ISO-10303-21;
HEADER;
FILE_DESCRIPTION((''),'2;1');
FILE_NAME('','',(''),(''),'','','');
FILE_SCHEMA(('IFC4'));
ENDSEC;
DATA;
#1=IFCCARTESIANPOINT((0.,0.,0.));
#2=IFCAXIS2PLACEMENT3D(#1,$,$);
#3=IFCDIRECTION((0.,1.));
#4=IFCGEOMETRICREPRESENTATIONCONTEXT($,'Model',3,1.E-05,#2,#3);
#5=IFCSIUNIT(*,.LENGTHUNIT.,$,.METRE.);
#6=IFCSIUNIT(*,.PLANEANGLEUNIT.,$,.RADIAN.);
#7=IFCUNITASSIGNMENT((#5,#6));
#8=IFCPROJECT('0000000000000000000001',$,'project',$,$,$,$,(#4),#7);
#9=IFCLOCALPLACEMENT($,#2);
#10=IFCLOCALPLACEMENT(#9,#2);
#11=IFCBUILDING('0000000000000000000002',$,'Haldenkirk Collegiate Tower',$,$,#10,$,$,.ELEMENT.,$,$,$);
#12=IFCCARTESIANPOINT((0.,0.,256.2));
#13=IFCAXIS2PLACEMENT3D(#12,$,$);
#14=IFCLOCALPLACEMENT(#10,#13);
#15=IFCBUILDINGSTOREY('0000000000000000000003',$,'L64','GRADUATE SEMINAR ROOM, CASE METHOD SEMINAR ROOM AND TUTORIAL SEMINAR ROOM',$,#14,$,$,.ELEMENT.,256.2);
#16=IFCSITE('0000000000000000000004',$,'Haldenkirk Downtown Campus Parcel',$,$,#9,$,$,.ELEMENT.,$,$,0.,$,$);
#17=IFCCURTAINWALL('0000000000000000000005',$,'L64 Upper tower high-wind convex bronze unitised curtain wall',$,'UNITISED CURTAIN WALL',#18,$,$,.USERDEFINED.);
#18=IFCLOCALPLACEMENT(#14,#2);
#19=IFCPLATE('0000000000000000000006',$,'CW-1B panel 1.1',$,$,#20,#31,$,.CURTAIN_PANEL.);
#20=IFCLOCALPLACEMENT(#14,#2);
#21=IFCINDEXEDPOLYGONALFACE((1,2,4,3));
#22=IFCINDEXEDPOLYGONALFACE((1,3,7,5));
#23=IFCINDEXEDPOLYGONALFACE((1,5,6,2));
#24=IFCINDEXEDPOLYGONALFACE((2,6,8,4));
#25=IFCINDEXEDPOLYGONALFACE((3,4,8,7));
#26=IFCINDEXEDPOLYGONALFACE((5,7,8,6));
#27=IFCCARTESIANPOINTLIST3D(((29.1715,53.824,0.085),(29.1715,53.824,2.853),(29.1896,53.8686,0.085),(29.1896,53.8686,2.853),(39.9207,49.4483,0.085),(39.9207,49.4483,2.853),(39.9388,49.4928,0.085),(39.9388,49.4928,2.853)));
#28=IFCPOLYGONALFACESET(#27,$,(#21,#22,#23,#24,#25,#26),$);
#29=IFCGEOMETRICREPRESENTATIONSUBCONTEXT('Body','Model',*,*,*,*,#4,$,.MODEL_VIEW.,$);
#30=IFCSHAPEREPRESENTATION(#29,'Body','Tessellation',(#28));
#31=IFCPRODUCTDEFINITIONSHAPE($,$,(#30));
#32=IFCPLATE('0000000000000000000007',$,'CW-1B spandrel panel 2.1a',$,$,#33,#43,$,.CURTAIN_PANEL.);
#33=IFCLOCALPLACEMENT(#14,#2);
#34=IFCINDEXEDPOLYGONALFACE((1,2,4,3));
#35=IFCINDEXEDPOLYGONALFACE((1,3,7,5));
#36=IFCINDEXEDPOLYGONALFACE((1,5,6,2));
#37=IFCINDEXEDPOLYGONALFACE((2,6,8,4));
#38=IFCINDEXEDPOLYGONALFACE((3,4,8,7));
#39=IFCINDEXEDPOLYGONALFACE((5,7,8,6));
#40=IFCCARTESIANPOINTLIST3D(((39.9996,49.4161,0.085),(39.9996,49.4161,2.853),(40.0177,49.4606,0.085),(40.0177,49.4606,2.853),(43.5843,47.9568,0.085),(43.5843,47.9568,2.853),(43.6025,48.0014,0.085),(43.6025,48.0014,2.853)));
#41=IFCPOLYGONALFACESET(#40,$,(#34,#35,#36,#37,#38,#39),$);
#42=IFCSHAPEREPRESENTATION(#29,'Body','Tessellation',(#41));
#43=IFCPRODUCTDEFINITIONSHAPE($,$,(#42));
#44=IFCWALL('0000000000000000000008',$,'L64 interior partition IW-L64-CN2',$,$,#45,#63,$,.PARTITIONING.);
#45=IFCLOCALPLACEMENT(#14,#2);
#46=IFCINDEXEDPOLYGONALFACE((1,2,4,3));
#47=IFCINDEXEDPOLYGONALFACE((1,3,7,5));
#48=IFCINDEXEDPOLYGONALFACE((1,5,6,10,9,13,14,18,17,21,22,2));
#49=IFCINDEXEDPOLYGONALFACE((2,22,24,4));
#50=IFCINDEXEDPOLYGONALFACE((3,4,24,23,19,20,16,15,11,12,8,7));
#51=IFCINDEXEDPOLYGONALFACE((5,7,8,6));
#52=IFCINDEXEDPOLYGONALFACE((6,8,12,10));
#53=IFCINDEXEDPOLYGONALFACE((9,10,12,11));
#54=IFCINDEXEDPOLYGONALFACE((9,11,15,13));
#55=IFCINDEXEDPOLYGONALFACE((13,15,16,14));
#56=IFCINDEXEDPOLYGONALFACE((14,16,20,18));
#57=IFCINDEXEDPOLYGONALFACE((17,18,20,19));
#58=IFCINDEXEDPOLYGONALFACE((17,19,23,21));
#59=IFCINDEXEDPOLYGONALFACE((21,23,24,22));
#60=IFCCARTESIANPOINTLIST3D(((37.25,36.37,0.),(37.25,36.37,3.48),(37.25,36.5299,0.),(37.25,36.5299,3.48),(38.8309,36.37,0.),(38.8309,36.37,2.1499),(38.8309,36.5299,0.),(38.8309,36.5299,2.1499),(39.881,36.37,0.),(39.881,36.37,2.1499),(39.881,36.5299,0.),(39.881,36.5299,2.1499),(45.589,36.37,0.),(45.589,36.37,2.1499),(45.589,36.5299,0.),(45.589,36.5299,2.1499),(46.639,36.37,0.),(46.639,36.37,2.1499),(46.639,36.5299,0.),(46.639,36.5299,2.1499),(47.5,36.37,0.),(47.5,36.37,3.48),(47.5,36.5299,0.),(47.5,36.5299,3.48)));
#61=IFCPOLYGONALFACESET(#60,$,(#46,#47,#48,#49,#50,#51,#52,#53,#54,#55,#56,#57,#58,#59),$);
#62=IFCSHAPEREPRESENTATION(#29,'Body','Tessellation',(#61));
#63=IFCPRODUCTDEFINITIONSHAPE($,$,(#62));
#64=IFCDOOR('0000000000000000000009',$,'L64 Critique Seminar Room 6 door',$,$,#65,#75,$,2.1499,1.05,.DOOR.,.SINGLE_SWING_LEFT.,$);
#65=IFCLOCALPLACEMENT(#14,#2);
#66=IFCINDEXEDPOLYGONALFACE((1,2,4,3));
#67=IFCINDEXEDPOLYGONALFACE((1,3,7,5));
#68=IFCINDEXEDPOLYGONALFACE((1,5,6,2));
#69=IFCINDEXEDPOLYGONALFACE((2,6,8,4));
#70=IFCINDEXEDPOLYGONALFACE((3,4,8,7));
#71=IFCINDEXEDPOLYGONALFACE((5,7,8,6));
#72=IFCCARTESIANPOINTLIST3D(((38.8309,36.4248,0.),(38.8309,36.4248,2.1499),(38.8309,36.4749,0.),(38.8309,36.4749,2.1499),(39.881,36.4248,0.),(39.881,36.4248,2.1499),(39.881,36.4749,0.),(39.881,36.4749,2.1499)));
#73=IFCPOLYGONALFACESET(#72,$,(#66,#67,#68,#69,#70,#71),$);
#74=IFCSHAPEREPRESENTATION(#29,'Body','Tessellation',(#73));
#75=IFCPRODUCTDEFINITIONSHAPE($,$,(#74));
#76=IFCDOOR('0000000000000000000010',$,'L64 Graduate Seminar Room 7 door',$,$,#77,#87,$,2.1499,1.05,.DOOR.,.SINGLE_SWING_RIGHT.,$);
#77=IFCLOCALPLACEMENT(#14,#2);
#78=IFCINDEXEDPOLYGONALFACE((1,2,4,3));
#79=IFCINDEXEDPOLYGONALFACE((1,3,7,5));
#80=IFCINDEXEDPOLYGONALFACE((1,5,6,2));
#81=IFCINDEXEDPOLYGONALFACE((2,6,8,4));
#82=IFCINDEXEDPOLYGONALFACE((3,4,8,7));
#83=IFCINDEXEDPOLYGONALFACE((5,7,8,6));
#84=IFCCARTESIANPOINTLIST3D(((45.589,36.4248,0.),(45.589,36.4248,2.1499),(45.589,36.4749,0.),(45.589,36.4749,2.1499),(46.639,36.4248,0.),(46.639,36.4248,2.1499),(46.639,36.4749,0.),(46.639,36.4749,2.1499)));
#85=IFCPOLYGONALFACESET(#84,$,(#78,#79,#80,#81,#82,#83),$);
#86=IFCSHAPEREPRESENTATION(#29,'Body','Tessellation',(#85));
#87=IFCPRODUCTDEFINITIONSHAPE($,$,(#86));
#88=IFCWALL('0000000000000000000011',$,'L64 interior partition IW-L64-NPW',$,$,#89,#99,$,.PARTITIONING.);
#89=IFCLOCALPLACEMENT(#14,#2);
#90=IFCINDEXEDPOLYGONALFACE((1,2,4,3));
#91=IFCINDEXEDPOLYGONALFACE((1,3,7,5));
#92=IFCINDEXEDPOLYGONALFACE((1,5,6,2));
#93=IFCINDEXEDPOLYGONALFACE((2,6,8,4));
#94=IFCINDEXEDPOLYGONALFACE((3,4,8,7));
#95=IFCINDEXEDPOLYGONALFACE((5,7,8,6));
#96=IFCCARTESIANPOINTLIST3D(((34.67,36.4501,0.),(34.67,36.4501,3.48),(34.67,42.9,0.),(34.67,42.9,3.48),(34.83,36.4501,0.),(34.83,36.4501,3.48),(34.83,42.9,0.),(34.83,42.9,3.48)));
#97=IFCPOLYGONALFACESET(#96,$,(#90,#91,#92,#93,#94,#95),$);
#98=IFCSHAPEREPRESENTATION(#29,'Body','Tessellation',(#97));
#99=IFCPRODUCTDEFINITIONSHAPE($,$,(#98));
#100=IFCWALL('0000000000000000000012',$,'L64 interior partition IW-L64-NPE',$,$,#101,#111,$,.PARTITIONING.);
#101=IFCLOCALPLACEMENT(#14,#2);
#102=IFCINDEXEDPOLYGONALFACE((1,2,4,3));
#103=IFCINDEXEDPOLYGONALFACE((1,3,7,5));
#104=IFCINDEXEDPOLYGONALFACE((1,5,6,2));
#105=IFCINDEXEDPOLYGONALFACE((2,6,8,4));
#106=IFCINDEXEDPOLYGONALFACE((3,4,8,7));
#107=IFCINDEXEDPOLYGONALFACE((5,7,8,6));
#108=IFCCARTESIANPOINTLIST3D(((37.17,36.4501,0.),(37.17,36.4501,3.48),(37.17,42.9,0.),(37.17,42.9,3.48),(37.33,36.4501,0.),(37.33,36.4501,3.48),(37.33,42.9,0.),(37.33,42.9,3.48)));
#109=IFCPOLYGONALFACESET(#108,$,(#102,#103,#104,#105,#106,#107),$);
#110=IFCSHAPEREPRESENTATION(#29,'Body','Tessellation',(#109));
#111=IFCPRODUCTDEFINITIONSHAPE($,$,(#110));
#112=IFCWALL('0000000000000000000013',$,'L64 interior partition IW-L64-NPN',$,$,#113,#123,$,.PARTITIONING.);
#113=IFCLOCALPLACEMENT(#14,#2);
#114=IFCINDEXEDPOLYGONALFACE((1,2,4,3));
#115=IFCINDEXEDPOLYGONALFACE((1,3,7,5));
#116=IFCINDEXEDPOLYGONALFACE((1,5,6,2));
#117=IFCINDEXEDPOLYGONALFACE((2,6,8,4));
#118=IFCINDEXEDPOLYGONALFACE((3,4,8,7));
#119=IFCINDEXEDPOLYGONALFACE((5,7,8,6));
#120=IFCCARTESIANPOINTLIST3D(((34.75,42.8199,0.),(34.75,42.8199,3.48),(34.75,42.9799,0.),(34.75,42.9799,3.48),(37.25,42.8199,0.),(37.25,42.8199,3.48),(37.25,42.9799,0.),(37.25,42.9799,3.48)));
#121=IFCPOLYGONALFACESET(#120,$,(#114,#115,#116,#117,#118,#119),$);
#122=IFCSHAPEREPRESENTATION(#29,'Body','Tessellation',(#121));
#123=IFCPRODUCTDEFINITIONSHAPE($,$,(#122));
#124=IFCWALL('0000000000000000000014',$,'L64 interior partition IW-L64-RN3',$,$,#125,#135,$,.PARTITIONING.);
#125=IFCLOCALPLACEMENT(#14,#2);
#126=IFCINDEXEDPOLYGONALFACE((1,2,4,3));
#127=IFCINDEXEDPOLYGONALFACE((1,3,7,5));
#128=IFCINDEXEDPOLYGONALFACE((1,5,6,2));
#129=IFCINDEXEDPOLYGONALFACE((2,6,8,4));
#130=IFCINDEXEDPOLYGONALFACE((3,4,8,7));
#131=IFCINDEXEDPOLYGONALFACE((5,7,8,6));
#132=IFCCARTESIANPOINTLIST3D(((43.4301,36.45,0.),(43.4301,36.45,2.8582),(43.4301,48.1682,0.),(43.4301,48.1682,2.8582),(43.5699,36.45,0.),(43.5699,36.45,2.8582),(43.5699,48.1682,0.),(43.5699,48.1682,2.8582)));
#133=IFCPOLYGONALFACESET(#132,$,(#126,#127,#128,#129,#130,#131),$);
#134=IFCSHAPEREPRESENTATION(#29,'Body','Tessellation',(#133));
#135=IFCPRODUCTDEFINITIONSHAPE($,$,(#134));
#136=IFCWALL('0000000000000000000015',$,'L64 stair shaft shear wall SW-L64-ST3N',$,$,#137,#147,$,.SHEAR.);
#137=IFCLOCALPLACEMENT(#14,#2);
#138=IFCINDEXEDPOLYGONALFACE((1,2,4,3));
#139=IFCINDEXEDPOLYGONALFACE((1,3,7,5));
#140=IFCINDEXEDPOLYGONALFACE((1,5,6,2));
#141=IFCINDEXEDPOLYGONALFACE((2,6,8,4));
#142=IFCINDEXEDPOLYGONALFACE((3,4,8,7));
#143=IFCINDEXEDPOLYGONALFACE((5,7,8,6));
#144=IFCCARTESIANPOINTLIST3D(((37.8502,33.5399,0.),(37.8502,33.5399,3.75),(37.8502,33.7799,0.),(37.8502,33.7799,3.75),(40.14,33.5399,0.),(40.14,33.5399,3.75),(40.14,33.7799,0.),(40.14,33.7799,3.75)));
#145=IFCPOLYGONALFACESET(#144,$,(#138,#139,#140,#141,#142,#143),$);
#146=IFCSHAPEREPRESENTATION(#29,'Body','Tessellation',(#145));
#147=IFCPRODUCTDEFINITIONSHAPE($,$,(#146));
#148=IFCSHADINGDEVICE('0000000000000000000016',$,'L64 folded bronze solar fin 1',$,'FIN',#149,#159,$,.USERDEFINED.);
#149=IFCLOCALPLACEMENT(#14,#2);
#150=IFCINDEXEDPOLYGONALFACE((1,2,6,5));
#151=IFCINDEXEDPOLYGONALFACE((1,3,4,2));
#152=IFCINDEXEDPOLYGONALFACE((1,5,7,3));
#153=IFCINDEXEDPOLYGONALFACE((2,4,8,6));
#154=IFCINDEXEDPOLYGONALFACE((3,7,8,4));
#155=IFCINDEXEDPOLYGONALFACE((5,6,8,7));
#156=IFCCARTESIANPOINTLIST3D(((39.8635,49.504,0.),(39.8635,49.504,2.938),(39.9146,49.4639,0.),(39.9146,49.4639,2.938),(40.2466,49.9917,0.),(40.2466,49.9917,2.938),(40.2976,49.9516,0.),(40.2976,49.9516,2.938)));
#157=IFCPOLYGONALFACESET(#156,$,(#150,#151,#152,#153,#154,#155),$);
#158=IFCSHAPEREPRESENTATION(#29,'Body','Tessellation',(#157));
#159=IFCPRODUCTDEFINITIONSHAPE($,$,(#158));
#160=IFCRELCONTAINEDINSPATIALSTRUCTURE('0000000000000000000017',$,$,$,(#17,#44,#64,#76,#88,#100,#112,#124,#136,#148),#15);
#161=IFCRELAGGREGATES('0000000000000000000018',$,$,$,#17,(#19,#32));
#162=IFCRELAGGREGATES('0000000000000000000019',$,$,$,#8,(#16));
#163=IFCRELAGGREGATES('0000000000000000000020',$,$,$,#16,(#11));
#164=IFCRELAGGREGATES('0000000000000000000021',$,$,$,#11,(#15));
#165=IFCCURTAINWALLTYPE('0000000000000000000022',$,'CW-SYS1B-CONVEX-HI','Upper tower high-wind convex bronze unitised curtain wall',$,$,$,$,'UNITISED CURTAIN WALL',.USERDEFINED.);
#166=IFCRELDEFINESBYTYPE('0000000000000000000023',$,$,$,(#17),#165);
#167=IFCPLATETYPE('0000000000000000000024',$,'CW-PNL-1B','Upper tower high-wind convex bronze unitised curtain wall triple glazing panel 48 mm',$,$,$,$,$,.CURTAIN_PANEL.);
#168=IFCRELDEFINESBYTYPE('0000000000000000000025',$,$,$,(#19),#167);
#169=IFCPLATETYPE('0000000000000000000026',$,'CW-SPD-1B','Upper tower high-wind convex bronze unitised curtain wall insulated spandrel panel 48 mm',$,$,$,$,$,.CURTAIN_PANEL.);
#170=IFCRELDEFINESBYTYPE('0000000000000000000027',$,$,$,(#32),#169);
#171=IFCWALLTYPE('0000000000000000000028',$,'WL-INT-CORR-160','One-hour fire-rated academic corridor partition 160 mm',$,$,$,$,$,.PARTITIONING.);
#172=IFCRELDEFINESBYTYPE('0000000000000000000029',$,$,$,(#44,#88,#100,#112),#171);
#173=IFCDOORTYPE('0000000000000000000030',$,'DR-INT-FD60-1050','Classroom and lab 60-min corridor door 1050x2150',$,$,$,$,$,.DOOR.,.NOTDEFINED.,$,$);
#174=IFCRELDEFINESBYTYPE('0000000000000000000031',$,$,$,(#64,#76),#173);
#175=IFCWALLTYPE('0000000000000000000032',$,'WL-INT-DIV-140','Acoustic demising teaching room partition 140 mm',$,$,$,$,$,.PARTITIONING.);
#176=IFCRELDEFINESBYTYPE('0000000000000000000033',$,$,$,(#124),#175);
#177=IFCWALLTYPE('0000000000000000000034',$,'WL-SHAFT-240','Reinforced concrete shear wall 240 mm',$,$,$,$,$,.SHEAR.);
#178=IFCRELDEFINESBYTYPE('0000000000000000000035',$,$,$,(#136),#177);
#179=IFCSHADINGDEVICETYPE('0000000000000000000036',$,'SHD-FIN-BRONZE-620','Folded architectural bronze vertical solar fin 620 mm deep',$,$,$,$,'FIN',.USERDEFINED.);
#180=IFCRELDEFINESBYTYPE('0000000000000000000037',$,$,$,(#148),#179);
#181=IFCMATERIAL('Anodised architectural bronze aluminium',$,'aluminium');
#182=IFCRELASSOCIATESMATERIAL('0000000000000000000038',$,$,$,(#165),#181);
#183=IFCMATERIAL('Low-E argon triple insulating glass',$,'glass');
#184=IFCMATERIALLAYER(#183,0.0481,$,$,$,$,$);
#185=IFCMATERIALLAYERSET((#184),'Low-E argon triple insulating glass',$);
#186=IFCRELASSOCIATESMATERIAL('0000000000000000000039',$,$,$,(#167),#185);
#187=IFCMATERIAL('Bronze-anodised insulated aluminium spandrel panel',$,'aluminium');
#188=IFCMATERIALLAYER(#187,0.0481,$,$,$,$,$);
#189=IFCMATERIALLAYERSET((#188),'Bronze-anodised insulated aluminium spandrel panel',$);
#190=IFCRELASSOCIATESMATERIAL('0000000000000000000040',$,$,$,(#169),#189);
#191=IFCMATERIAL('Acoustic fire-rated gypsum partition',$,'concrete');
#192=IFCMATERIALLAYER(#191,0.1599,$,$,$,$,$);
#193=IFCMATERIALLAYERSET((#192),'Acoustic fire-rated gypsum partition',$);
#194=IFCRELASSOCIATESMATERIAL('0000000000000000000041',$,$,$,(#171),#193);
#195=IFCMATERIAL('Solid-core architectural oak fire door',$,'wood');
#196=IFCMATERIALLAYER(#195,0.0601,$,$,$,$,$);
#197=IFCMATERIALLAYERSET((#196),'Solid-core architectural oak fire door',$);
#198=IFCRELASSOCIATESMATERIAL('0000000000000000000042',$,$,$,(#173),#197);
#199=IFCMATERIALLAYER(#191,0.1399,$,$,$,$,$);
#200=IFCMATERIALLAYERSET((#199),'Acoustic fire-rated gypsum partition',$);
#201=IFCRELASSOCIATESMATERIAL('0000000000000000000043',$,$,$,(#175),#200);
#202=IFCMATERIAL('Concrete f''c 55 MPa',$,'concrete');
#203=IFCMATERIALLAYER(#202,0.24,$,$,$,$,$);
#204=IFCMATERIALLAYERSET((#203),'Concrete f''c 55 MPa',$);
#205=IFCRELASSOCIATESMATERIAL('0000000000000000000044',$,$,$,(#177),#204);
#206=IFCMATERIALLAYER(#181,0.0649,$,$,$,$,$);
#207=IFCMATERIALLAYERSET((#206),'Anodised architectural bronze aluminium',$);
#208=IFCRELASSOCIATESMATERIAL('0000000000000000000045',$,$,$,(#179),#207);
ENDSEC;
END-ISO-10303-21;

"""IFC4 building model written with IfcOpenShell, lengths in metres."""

from ifc_helpers import new_model, si_unit, direction, frame, frame_2d, origin, origin_2d, place, context, subcontext, project, spatial, rectangle, extrude, source, transform, mapped, material, layer, layer_set, type_object, element, fill, aggregate, save


model = new_model("IFC4")

# Units and contexts
model_context = context("Model", 3, precision=1e-05, world=origin(), true_north=direction((0.0, 1.0)))
body_context = subcontext(model_context, "Body", "Model", "MODEL_VIEW")
ifc_project = project(units=[si_unit("LENGTHUNIT", "METRE"), si_unit("PLANEANGLEUNIT", "RADIAN")], contexts=[model_context])

# Site, building, storey
site_placement = place(None, origin())
site = spatial("IfcSite", under=ifc_project, at=site_placement, Name="Haldenkirk Downtown Campus Parcel", CompositionType="ELEMENT", RefElevation=0.0)
building_placement = place(site_placement, origin())
building = spatial("IfcBuilding", under=site, at=building_placement, Name="Haldenkirk Collegiate Tower", CompositionType="ELEMENT")
storey_placement = place(building_placement, frame((0.0, 0.0, 256.2)))
storey = spatial("IfcBuildingStorey", under=building, at=storey_placement, Name="L64", Description="GRADUATE SEMINAR ROOM, CASE METHOD SEMINAR ROOM AND TUTORIAL SEMINAR ROOM", CompositionType="ELEMENT", Elevation=256.2)

# Curtain wall
ifc_material_1 = material(Name="Anodised architectural bronze aluminium", Category="aluminium")
curtain_wall_type = type_object("IfcCurtainWallType", Name="CW-SYS1B-CONVEX-HI", Description="Upper tower high-wind convex bronze unitised curtain wall", ElementType="UNITISED CURTAIN WALL", PredefinedType="USERDEFINED", material=ifc_material_1)
curtain_wall_placement = place(storey_placement, origin())
curtain_wall = element("IfcCurtainWall", 1, at=curtain_wall_placement, inside=storey, type_object=curtain_wall_type, Name="L64 Upper tower high-wind convex bronze unitised curtain wall", ObjectType="UNITISED CURTAIN WALL", PredefinedType="USERDEFINED")

# Plates
ifc_material_2 = material(Name="Low-E argon triple insulating glass", Category="glass")
ifc_layer_1 = layer(ifc_material_2, 0.0481)
ifc_layer_set_1 = layer_set([ifc_layer_1], Name="Low-E argon triple insulating glass")
plate_type_1 = type_object("IfcPlateType", Name="CW-PNL-1B", Description="Upper tower high-wind convex bronze unitised curtain wall triple glazing panel 48 mm", PredefinedType="CURTAIN_PANEL", material=ifc_layer_set_1)
shared_shape_1 = source(origin(), body_context, "Body", "SweptSolid", [
    extrude(rectangle(XDim=11.6057, YDim=0.0481, at=origin_2d()), origin(), (0.0, 0.0, 1.0), 2.7681),
])
plate_1_placement = place(storey_placement, frame((34.5552, 51.6584, 0.085), z_axis=(0.0, 0.0, 1.0), x_axis=(0.926199, -0.377034, 0.0)))
plate_1 = element("IfcPlate", 2, at=plate_1_placement, type_object=plate_type_1, Name="CW-1B panel 1.1", PredefinedType="CURTAIN_PANEL", context=body_context, shape_type="MappedRepresentation", body=[
    mapped(shared_shape_1, transform((0.0, 0.0, 0.0), x_axis=(1.0, 0.0, 0.0), y_axis=(0.0, 1.0, 0.0), z_axis=(0.0, 0.0, 1.0), scale=1.0)),
])
ifc_material_3 = material(Name="Bronze-anodised insulated aluminium spandrel panel", Category="aluminium")
ifc_layer_2 = layer(ifc_material_3, 0.0481)
ifc_layer_set_2 = layer_set([ifc_layer_2], Name="Bronze-anodised insulated aluminium spandrel panel")
plate_type_2 = type_object("IfcPlateType", Name="CW-SPD-1B", Description="Upper tower high-wind convex bronze unitised curtain wall insulated spandrel panel 48 mm", PredefinedType="CURTAIN_PANEL", material=ifc_layer_set_2)
shared_shape_2 = source(origin(), body_context, "Body", "SweptSolid", [
    extrude(rectangle(XDim=3.8704, YDim=0.0481, at=origin_2d()), origin(), (0.0, 0.0, 1.0), 2.7681),
])
plate_2_placement = place(storey_placement, frame((41.801, 48.7087, 0.085), z_axis=(0.0, 0.0, 1.0), x_axis=(0.926199, -0.377034, 0.0)))
plate_2 = element("IfcPlate", 3, at=plate_2_placement, type_object=plate_type_2, Name="CW-1B spandrel panel 2.1a", PredefinedType="CURTAIN_PANEL", context=body_context, shape_type="MappedRepresentation", body=[
    mapped(shared_shape_2, transform((0.0, 0.0, 0.0), x_axis=(1.0, 0.0, 0.0), y_axis=(0.0, 1.0, 0.0), z_axis=(0.0, 0.0, 1.0), scale=1.0)),
])
aggregate(curtain_wall, [plate_1, plate_2])

# Wall, openings, doors
ifc_material_4 = material(Name="Acoustic fire-rated gypsum partition", Category="concrete")
ifc_layer_3 = layer(ifc_material_4, 0.1599)
ifc_layer_set_3 = layer_set([ifc_layer_3], Name="Acoustic fire-rated gypsum partition")
wall_type_1 = type_object("IfcWallType", Name="WL-INT-CORR-160", Description="One-hour fire-rated academic corridor partition 160 mm", PredefinedType="PARTITIONING", material=ifc_layer_set_3)
wall_1_placement = place(storey_placement, frame((37.25, 36.45, 0.0), z_axis=(0.0, 0.0, 1.0), x_axis=(1.0, 0.0, 0.0)))
wall_1 = element("IfcWall", 4, at=wall_1_placement, inside=storey, type_object=wall_type_1, Name="L64 interior partition IW-L64-CN2", PredefinedType="PARTITIONING", context=body_context, shape_type="SweptSolid", body=[
    extrude(rectangle(XDim=10.25, YDim=0.1599, at=frame_2d((5.125, 0.0))), origin(), (0.0, 0.0, 1.0), 3.48),
])
opening_1_placement = place(wall_1_placement, frame((1.5811, 0.0, 0.0)))
opening_1 = element("IfcOpeningElement", 5, at=opening_1_placement, cuts=wall_1, PredefinedType="OPENING", context=body_context, shape_type="SweptSolid", body=[
    extrude(rectangle(XDim=1.05, YDim=2.1499, at=frame_2d((0.5249, 1.075))), frame((0.0, 0.0898, 0.0), z_axis=(0.0, -1.0, 0.0), x_axis=(1.0, 0.0, 0.0)), (0.0, 0.0, 1.0), 0.1799),
])
opening_2_placement = place(wall_1_placement, frame((8.3391, 0.0, 0.0)))
opening_2 = element("IfcOpeningElement", 6, at=opening_2_placement, cuts=wall_1, PredefinedType="OPENING", context=body_context, shape_type="SweptSolid", body=[
    extrude(rectangle(XDim=1.05, YDim=2.1499, at=frame_2d((0.5249, 1.075))), frame((0.0, 0.0898, 0.0), z_axis=(0.0, -1.0, 0.0), x_axis=(1.0, 0.0, 0.0)), (0.0, 0.0, 1.0), 0.1799),
])
ifc_material_5 = material(Name="Solid-core architectural oak fire door", Category="wood")
ifc_layer_4 = layer(ifc_material_5, 0.0601)
ifc_layer_set_4 = layer_set([ifc_layer_4], Name="Solid-core architectural oak fire door")
door_type = type_object("IfcDoorType", Name="DR-INT-FD60-1050", Description="Classroom and lab 60-min corridor door 1050x2150", OperationType="NOTDEFINED", PredefinedType="DOOR", material=ifc_layer_set_4)
door_1_placement = place(opening_1_placement, origin())
door_1 = element("IfcDoor", 7, at=door_1_placement, inside=storey, type_object=door_type, Name="L64 Critique Seminar Room 6 door", OperationType="SINGLE_SWING_LEFT", OverallHeight=2.1499, OverallWidth=1.05, PredefinedType="DOOR", context=body_context, shape_type="SweptSolid", body=[
    extrude(rectangle(XDim=1.05, YDim=2.1499, at=frame_2d((0.5249, 1.075))), frame((0.0, 0.0249, 0.0), z_axis=(0.0, -1.0, 0.0), x_axis=(1.0, 0.0, 0.0)), (0.0, 0.0, 1.0), 0.05),
])
fill(opening_1, door_1)
door_2_placement = place(opening_2_placement, origin())
door_2 = element("IfcDoor", 8, at=door_2_placement, inside=storey, type_object=door_type, Name="L64 Graduate Seminar Room 7 door", OperationType="SINGLE_SWING_RIGHT", OverallHeight=2.1499, OverallWidth=1.05, PredefinedType="DOOR", context=body_context, shape_type="SweptSolid", body=[
    extrude(rectangle(XDim=1.05, YDim=2.1499, at=frame_2d((0.5249, 1.075))), frame((0.0, 0.0249, 0.0), z_axis=(0.0, -1.0, 0.0), x_axis=(1.0, 0.0, 0.0)), (0.0, 0.0, 1.0), 0.05),
])
fill(opening_2, door_2)

# Walls
for number, where, z_axis, x_axis, name in (
    (9, (34.75, 36.45, 0.0), (0.0, 0.0, 1.0), (0.0, 1.0, 0.0), "L64 interior partition IW-L64-NPW"),
    (10, (37.25, 36.45, 0.0), (0.0, 0.0, 1.0), (0.0, 1.0, 0.0), "L64 interior partition IW-L64-NPE"),
):
    element("IfcWall", number, at=place(storey_placement, frame(where, z_axis=z_axis, x_axis=x_axis)), inside=storey, type_object=wall_type_1, Name=name, PredefinedType="PARTITIONING", context=body_context, shape_type="SweptSolid", body=[
        extrude(rectangle(XDim=6.45, YDim=0.1599, at=frame_2d((3.2251, 0.0))), origin(), (0.0, 0.0, 1.0), 3.48),
    ])
wall_2_placement = place(storey_placement, frame((34.75, 42.8999, 0.0), z_axis=(0.0, 0.0, 1.0), x_axis=(1.0, 0.0, 0.0)))
element("IfcWall", 11, at=wall_2_placement, inside=storey, type_object=wall_type_1, Name="L64 interior partition IW-L64-NPN", PredefinedType="PARTITIONING", context=body_context, shape_type="SweptSolid", body=[
    extrude(rectangle(XDim=2.5, YDim=0.1599, at=frame_2d((1.25, 0.0))), origin(), (0.0, 0.0, 1.0), 3.48),
])
ifc_layer_5 = layer(ifc_material_4, 0.1399)
ifc_layer_set_5 = layer_set([ifc_layer_5], Name="Acoustic fire-rated gypsum partition")
wall_type_2 = type_object("IfcWallType", Name="WL-INT-DIV-140", Description="Acoustic demising teaching room partition 140 mm", PredefinedType="PARTITIONING", material=ifc_layer_set_5)
wall_3_placement = place(storey_placement, frame((43.5, 36.45, 0.0), z_axis=(0.0, 0.0, 1.0), x_axis=(0.0, 1.0, 0.0)))
element("IfcWall", 12, at=wall_3_placement, inside=storey, type_object=wall_type_2, Name="L64 interior partition IW-L64-RN3", PredefinedType="PARTITIONING", context=body_context, shape_type="SweptSolid", body=[
    extrude(rectangle(XDim=11.7183, YDim=0.1399, at=frame_2d((5.8591, 0.0))), origin(), (0.0, 0.0, 1.0), 2.8582),
])
ifc_material_6 = material(Name="Concrete f'c 55 MPa", Category="concrete")
ifc_layer_6 = layer(ifc_material_6, 0.24)
ifc_layer_set_6 = layer_set([ifc_layer_6], Name="Concrete f'c 55 MPa")
wall_type_3 = type_object("IfcWallType", Name="WL-SHAFT-240", Description="Reinforced concrete shear wall 240 mm", PredefinedType="SHEAR", material=ifc_layer_set_6)
wall_4_placement = place(storey_placement, frame((37.8501, 33.6599, 0.0), z_axis=(0.0, 0.0, 1.0), x_axis=(1.0, 0.0, 0.0)))
element("IfcWall", 13, at=wall_4_placement, inside=storey, type_object=wall_type_3, Name="L64 stair shaft shear wall SW-L64-ST3N", PredefinedType="SHEAR", context=body_context, shape_type="SweptSolid", body=[
    extrude(rectangle(XDim=2.2898, YDim=0.24, at=frame_2d((1.145, 0.0))), origin(), (0.0, 0.0, 1.0), 3.75),
])

# Shading device
ifc_layer_7 = layer(ifc_material_1, 0.0649)
ifc_layer_set_7 = layer_set([ifc_layer_7], Name="Anodised architectural bronze aluminium")
shading_device_type = type_object("IfcShadingDeviceType", Name="SHD-FIN-BRONZE-620", Description="Folded architectural bronze vertical solar fin 620 mm deep", ElementType="FIN", PredefinedType="USERDEFINED", material=ifc_layer_set_7)
shared_shape_3 = source(origin(), body_context, "Body", "SweptSolid", [
    extrude(rectangle(XDim=0.6201, YDim=0.0649, at=origin_2d()), origin(), (0.0, 0.0, 1.0), 2.938),
])
shading_device_placement = place(storey_placement, frame((40.0806, 49.7278, 0.0), z_axis=(0.0, 0.0, 1.0), x_axis=(0.617722, 0.786396, 0.0)))
element("IfcShadingDevice", 14, at=shading_device_placement, inside=storey, type_object=shading_device_type, Name="L64 folded bronze solar fin 1", ObjectType="FIN", PredefinedType="USERDEFINED", context=body_context, shape_type="MappedRepresentation", body=[
    mapped(shared_shape_3, transform((0.0, 0.0, 0.0), x_axis=(1.0, 0.0, 0.0), y_axis=(0.0, 1.0, 0.0), z_axis=(0.0, 0.0, 1.0), scale=1.0)),
])

save(model, "model.ifc")
